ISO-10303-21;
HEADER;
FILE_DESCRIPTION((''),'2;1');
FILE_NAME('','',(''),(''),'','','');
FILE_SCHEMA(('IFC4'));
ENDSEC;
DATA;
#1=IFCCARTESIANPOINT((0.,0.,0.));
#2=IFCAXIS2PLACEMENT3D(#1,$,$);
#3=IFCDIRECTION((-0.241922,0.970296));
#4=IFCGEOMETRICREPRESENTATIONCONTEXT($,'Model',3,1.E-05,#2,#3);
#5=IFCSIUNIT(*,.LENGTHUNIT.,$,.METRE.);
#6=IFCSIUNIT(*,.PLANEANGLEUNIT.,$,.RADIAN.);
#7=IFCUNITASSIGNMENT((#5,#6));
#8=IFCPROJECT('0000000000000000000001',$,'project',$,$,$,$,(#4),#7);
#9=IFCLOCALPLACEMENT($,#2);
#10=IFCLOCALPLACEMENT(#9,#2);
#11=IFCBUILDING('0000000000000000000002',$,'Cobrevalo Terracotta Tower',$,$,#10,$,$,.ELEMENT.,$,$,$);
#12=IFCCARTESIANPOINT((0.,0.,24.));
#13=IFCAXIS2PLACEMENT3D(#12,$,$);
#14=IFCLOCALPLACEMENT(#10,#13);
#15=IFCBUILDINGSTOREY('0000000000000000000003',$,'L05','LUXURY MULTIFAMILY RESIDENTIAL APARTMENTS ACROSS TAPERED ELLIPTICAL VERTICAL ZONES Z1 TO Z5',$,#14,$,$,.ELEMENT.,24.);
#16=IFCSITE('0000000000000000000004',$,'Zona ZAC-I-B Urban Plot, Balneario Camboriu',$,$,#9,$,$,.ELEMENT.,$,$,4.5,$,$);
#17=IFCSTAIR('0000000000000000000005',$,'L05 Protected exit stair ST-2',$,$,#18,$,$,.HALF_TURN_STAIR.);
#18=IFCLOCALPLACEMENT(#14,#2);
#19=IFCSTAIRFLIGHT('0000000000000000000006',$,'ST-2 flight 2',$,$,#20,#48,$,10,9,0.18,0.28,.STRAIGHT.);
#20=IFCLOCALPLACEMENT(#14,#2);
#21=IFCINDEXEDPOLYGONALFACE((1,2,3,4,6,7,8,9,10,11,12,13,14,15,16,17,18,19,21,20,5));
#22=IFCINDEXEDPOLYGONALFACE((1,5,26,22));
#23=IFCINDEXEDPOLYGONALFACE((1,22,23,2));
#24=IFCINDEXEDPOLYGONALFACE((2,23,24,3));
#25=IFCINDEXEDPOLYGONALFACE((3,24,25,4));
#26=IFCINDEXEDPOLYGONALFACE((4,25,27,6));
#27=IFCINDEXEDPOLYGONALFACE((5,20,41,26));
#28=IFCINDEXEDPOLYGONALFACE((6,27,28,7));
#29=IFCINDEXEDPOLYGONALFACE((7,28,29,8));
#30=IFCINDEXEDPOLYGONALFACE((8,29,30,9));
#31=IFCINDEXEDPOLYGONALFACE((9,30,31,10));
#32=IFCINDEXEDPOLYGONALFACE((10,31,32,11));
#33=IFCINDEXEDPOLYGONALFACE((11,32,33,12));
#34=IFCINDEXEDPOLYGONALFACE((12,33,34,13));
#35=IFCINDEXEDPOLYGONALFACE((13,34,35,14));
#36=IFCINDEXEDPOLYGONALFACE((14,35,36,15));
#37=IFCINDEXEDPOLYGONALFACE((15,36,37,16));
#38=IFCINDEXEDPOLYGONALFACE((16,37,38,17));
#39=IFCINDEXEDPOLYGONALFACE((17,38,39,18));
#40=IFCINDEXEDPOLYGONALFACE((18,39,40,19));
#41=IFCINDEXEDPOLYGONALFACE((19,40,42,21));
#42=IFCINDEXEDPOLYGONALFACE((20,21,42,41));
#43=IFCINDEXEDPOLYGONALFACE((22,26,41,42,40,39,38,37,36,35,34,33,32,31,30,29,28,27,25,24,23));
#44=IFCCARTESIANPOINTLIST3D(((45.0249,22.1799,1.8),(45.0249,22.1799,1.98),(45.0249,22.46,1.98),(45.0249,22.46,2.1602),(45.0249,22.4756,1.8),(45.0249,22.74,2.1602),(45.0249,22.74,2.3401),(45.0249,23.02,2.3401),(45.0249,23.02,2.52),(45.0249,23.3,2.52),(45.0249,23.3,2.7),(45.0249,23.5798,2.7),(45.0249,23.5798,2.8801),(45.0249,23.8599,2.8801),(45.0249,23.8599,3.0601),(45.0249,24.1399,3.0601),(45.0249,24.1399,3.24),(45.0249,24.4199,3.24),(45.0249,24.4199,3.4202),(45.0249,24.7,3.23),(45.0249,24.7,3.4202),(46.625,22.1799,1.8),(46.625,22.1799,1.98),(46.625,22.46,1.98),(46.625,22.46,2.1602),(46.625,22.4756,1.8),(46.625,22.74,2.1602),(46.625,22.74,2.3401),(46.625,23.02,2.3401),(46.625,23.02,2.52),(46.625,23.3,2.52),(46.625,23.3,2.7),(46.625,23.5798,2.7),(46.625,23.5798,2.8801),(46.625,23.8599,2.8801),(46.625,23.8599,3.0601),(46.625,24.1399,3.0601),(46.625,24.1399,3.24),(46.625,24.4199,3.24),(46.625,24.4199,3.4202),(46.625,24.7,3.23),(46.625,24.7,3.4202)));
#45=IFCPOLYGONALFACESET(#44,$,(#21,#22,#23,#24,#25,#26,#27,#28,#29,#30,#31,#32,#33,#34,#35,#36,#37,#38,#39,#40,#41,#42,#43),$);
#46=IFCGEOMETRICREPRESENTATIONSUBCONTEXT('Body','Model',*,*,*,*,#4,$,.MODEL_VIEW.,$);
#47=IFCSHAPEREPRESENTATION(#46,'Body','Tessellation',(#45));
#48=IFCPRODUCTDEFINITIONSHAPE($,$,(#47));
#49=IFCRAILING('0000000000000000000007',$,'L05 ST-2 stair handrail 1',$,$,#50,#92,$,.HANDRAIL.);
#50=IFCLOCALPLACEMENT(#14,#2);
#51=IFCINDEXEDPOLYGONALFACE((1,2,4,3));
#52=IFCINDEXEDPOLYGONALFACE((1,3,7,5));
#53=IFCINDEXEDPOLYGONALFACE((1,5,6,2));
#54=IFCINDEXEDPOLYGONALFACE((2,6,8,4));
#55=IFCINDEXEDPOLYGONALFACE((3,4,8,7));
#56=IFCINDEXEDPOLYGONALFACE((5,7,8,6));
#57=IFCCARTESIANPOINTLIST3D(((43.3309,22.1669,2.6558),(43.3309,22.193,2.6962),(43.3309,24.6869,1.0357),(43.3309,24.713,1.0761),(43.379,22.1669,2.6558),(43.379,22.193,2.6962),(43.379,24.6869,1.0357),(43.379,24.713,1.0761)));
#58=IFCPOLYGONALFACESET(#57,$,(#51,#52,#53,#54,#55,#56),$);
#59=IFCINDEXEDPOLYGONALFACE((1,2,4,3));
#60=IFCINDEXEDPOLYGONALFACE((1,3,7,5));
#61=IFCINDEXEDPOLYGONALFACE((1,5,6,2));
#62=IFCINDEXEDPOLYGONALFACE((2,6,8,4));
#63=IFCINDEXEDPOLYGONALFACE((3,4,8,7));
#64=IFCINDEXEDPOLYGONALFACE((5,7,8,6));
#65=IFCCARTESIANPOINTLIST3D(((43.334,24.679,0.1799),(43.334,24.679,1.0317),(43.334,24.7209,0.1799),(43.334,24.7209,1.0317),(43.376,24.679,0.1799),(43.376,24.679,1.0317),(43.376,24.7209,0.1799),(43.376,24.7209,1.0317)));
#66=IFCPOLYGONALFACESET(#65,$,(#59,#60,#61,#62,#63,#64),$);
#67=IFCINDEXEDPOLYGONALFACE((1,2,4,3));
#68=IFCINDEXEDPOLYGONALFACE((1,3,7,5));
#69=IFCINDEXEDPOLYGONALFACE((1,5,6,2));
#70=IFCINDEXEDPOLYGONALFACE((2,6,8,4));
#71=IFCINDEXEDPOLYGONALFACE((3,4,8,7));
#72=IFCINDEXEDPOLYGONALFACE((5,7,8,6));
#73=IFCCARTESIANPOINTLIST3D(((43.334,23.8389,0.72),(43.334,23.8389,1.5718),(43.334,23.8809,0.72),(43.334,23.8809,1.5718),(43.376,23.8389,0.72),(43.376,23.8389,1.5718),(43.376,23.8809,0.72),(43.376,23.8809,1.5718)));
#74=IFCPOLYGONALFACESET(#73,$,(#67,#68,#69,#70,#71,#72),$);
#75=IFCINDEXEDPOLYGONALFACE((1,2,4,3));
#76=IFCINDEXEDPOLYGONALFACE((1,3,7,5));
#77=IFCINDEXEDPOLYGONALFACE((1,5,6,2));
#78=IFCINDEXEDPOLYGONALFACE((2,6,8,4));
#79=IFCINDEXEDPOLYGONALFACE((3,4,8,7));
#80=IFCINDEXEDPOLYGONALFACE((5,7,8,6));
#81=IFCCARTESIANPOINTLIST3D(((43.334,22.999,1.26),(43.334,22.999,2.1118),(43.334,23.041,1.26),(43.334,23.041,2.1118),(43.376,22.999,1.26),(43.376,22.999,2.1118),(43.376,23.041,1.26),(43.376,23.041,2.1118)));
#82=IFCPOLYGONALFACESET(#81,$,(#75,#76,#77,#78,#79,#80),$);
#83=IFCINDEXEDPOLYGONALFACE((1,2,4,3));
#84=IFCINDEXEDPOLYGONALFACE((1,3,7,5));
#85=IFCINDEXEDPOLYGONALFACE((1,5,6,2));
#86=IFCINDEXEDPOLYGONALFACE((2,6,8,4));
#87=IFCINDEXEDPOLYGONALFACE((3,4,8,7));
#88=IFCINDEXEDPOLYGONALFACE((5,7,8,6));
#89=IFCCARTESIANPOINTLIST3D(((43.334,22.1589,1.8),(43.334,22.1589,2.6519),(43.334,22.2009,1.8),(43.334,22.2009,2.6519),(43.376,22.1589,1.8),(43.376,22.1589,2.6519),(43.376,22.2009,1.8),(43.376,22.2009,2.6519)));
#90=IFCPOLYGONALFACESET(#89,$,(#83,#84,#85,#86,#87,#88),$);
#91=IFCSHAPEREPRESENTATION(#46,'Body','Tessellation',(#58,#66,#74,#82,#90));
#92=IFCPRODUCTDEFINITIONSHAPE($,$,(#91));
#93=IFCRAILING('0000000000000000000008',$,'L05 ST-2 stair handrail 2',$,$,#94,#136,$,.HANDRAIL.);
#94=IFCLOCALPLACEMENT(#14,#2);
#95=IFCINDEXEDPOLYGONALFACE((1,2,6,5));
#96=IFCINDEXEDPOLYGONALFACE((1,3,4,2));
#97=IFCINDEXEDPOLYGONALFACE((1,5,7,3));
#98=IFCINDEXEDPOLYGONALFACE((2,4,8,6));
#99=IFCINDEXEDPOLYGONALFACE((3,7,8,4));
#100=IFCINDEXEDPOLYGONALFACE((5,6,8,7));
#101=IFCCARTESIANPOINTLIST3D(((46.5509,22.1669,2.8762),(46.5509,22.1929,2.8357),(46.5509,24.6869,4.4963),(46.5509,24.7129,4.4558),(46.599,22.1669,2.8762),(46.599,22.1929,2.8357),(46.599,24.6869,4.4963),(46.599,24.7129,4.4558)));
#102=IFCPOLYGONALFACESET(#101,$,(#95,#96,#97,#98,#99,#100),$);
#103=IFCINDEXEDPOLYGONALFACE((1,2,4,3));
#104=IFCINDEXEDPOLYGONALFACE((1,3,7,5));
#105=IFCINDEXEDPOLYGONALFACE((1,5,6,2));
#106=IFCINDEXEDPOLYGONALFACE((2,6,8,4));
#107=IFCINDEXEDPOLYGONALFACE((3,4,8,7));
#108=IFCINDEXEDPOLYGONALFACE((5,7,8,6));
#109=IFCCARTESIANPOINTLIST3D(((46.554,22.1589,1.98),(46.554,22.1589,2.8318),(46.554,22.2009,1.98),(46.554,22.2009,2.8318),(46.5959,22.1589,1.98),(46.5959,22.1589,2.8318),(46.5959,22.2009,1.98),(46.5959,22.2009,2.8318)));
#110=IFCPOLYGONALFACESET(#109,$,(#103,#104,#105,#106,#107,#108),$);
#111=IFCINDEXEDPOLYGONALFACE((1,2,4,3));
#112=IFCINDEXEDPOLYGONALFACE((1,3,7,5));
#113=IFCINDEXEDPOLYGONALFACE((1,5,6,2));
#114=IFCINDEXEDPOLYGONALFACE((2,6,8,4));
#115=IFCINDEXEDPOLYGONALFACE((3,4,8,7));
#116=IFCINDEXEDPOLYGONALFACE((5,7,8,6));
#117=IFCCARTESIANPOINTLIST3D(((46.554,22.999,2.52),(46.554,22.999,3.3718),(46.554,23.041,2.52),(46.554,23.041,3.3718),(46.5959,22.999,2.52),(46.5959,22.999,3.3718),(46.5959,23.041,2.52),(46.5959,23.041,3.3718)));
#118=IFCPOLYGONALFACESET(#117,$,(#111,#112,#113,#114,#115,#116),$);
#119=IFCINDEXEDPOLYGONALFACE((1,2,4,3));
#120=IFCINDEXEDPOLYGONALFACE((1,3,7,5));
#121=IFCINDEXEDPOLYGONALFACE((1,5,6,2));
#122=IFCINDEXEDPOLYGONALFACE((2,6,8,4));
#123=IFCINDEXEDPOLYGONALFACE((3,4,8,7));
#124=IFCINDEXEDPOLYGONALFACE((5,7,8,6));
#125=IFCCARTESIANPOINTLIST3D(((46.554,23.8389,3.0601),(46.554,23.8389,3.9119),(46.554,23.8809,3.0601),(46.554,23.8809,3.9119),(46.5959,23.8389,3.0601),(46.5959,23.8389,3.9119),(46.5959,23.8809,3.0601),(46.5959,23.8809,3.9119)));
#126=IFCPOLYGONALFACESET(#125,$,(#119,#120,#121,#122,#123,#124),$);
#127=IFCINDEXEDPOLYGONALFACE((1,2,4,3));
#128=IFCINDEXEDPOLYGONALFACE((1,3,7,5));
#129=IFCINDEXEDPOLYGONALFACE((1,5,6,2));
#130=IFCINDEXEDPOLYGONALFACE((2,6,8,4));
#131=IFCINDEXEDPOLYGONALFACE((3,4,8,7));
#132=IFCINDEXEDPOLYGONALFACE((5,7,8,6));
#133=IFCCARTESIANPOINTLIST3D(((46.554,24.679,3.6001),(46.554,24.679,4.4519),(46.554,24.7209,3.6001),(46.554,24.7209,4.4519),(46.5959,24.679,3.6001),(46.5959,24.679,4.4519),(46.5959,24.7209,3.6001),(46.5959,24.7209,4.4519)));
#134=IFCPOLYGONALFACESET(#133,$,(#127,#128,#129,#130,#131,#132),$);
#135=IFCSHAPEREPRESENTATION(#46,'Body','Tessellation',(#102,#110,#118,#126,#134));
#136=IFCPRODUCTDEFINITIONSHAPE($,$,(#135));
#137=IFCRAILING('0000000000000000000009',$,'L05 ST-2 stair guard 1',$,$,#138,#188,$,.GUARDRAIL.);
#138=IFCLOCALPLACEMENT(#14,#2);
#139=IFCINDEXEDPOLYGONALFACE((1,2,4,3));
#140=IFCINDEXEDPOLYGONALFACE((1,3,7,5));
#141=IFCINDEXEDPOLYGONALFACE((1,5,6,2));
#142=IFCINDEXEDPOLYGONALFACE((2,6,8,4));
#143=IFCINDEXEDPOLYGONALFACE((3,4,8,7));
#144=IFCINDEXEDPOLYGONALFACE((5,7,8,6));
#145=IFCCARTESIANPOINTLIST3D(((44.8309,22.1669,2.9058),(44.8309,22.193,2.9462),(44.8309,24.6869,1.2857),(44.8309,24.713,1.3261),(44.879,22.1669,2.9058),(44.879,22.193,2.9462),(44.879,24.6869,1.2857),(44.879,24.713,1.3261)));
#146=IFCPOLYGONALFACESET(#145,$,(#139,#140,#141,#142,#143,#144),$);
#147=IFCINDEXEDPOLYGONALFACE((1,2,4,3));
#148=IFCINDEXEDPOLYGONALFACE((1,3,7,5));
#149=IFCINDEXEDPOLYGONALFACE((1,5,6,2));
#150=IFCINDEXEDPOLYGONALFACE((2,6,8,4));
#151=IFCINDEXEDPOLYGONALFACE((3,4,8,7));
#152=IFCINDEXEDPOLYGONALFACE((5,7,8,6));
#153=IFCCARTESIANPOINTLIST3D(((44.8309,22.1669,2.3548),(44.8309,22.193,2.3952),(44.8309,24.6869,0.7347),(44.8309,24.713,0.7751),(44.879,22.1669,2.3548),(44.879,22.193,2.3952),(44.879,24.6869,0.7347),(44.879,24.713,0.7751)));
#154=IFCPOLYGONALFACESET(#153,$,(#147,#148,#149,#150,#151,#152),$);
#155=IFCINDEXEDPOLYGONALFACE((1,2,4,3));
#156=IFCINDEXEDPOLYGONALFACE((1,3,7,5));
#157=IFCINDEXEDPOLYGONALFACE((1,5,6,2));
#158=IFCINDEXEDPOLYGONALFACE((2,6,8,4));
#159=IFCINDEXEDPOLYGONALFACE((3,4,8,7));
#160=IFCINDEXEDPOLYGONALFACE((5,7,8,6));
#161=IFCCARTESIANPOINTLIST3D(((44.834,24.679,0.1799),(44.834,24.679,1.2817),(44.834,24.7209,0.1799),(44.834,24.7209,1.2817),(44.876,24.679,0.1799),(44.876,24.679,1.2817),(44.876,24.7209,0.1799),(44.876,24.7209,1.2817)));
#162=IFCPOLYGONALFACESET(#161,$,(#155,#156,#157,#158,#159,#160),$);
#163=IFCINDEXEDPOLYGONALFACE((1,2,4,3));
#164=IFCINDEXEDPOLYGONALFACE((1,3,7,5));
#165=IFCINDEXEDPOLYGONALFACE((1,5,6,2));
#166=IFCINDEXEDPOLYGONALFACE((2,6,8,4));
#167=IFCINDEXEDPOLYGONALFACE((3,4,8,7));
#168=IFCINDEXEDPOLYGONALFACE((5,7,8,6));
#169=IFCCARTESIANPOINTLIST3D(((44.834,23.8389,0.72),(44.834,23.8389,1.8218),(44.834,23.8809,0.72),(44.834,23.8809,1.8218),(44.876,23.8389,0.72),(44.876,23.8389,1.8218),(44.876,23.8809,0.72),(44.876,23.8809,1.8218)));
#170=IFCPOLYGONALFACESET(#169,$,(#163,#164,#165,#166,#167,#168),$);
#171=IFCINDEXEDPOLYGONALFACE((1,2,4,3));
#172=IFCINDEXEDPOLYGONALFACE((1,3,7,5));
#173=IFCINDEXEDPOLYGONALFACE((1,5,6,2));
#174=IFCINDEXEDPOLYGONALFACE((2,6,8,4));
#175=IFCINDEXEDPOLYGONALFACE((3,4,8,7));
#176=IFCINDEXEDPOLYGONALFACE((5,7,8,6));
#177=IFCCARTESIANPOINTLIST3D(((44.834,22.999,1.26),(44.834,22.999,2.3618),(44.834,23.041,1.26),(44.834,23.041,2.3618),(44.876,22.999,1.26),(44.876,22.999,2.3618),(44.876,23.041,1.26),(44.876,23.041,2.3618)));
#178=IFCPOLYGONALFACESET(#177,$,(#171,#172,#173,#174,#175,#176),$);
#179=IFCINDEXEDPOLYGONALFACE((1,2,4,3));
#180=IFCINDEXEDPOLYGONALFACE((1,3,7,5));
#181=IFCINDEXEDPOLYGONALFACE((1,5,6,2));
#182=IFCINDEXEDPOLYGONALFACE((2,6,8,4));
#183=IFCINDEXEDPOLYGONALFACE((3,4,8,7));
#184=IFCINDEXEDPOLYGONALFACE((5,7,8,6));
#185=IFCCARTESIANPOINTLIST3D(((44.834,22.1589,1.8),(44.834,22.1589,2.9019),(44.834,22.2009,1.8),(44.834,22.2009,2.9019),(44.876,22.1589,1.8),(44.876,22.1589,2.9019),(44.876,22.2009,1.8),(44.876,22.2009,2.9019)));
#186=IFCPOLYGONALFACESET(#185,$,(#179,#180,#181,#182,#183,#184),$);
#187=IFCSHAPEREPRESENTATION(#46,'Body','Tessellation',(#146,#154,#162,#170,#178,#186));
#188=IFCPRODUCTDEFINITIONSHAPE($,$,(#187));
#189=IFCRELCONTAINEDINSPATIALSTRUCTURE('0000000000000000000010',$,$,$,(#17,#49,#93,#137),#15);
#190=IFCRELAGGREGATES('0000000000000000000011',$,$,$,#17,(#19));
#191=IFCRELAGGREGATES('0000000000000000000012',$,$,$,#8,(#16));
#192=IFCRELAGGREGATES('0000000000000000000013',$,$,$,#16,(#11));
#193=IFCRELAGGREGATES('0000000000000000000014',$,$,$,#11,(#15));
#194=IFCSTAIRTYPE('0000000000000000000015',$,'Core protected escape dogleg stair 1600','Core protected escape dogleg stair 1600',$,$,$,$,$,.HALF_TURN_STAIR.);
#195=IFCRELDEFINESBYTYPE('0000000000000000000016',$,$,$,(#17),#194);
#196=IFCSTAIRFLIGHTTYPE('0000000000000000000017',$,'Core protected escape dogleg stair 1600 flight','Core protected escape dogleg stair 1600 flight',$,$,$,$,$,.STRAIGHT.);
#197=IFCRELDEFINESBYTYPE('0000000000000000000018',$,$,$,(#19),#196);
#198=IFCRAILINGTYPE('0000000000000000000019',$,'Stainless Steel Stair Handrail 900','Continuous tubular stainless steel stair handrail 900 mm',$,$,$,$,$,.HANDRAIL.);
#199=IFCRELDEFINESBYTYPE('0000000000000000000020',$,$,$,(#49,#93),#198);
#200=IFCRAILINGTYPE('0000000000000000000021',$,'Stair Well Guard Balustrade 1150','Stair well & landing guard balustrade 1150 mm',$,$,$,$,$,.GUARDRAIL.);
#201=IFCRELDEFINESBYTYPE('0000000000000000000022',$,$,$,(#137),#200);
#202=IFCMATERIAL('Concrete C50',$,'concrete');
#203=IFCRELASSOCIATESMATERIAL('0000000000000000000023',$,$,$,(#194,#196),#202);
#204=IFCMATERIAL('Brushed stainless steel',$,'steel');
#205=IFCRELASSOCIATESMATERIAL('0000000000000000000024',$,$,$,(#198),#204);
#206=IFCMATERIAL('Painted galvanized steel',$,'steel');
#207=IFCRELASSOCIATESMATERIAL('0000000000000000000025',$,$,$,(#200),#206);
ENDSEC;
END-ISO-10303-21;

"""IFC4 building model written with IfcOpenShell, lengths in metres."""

from ifc_helpers import new_model, si_unit, direction, frame, origin, origin_2d, place, context, subcontext, project, spatial, polyline, rectangle, outline, extrude, material, type_object, element, aggregate, save


model = new_model("IFC4")

# Units and contexts
model_context = context("Model", 3, precision=1e-05, world=origin(), true_north=direction((-0.241922, 0.970296)))
body_context = subcontext(model_context, "Body", "Model", "MODEL_VIEW")
ifc_project = project(units=[si_unit("LENGTHUNIT", "METRE"), si_unit("PLANEANGLEUNIT", "RADIAN")], contexts=[model_context])

# Site, building, storey
site_placement = place(None, origin())
site = spatial("IfcSite", under=ifc_project, at=site_placement, Name="Zona ZAC-I-B Urban Plot, Balneario Camboriu", CompositionType="ELEMENT", RefElevation=4.5)
building_placement = place(site_placement, origin())
building = spatial("IfcBuilding", under=site, at=building_placement, Name="Cobrevalo Terracotta Tower", CompositionType="ELEMENT")
storey_placement = place(building_placement, frame((0.0, 0.0, 24.0)))
storey = spatial("IfcBuildingStorey", under=building, at=storey_placement, Name="L05", Description="LUXURY MULTIFAMILY RESIDENTIAL APARTMENTS ACROSS TAPERED ELLIPTICAL VERTICAL ZONES Z1 TO Z5", CompositionType="ELEMENT", Elevation=24.0)

# Shared definitions
ifc_material_1 = material(Name="Concrete C50", Category="concrete")

# Stair, stair flight
stair_type = type_object("IfcStairType", Name="Core protected escape dogleg stair 1600", Description="Core protected escape dogleg stair 1600", PredefinedType="HALF_TURN_STAIR", material=ifc_material_1)
stair_placement = place(storey_placement, origin())
stair = element("IfcStair", 1, at=stair_placement, inside=storey, type_object=stair_type, Name="L05 Protected exit stair ST-2", PredefinedType="HALF_TURN_STAIR")
stair_flight_type = type_object("IfcStairFlightType", Name="Core protected escape dogleg stair 1600 flight", Description="Core protected escape dogleg stair 1600 flight", PredefinedType="STRAIGHT", material=ifc_material_1)
stair_flight_1_placement = place(storey_placement, frame((45.825, 22.1799, 1.8), z_axis=(0.0, 0.0, 1.0), x_axis=(0.0, 1.0, 0.0)))
stair_flight_1 = element("IfcStairFlight", 2, at=stair_flight_1_placement, type_object=stair_flight_type, Name="ST-2 flight 2", NumberOfRisers=10, NumberOfTreads=9, PredefinedType="STRAIGHT", RiserHeight=0.18, TreadLength=0.28, context=body_context, shape_type="SweptSolid", body=[
    extrude(outline(polyline([(0.0, 0.0), (0.0, 0.1799), (0.28, 0.1799), (0.28, 0.3601), (0.5601, 0.3601), (0.5601, 0.54), (0.8401, 0.54), (0.8401, 0.72), (1.1201, 0.72), (1.1201, 0.8999), (1.3999, 0.8999), (1.3999, 1.0801), (1.6799, 1.0801), (1.6799, 1.26), (1.96, 1.26), (1.96, 1.4399), (2.24, 1.4399), (2.24, 1.6201), (2.52, 1.6201), (2.52, 1.8), (2.52, 1.4299), (0.2957, 0.0), (0.0, 0.0)])), frame((0.0, 0.8, 0.0), z_axis=(0.0, -1.0, 0.0), x_axis=(1.0, 0.0, 0.0)), (0.0, 0.0, 1.0), 1.6001),
])
aggregate(stair, [stair_flight_1])

# Railings
ifc_material_2 = material(Name="Brushed stainless steel", Category="steel")
railing_type_1 = type_object("IfcRailingType", Name="Stainless Steel Stair Handrail 900", Description="Continuous tubular stainless steel stair handrail 900 mm", PredefinedType="HANDRAIL", material=ifc_material_2)
railing_1_placement = place(storey_placement, frame((43.355, 24.7, 0.1799)))
element("IfcRailing", 3, at=railing_1_placement, inside=storey, type_object=railing_type_1, Name="L05 ST-2 stair handrail 1", PredefinedType="HANDRAIL", context=body_context, shape_type="SweptSolid", body=[
    extrude(rectangle(XDim=0.0481, YDim=0.0481, at=origin_2d()), frame((0.0, 0.0, 0.876), z_axis=(0.0, -0.841163, 0.540782), x_axis=(1.0, 0.0, 0.0)), (0.0, 0.0, 1.0), 2.9958),
    extrude(rectangle(XDim=0.042, YDim=0.042, at=origin_2d()), origin(), (0.0, 0.0, 1.0), 0.8518),
    extrude(rectangle(XDim=0.042, YDim=0.042, at=origin_2d()), frame((0.0, -0.8401, 0.54)), (0.0, 0.0, 1.0), 0.8518),
    extrude(rectangle(XDim=0.042, YDim=0.042, at=origin_2d()), frame((0.0, -1.6799, 1.0801)), (0.0, 0.0, 1.0), 0.8518),
    extrude(rectangle(XDim=0.042, YDim=0.042, at=origin_2d()), frame((0.0, -2.52, 1.6201)), (0.0, 0.0, 1.0), 0.8518),
])
railing_2_placement = place(storey_placement, frame((46.575, 22.1799, 1.98)))
element("IfcRailing", 4, at=railing_2_placement, inside=storey, type_object=railing_type_1, Name="L05 ST-2 stair handrail 2", PredefinedType="HANDRAIL", context=body_context, shape_type="SweptSolid", body=[
    extrude(rectangle(XDim=0.0481, YDim=0.0481, at=origin_2d()), frame((0.0, 0.0, 0.876), z_axis=(0.0, 0.841163, 0.540782), x_axis=(-1.0, 0.0, 0.0)), (0.0, 0.0, 1.0), 2.9958),
    extrude(rectangle(XDim=0.042, YDim=0.042, at=origin_2d()), origin(), (0.0, 0.0, 1.0), 0.8518),
    extrude(rectangle(XDim=0.042, YDim=0.042, at=origin_2d()), frame((0.0, 0.8401, 0.54)), (0.0, 0.0, 1.0), 0.8518),
    extrude(rectangle(XDim=0.042, YDim=0.042, at=origin_2d()), frame((0.0, 1.6799, 1.0801)), (0.0, 0.0, 1.0), 0.8518),
    extrude(rectangle(XDim=0.042, YDim=0.042, at=origin_2d()), frame((0.0, 2.52, 1.6201)), (0.0, 0.0, 1.0), 0.8518),
])
ifc_material_3 = material(Name="Painted galvanized steel", Category="steel")
railing_type_2 = type_object("IfcRailingType", Name="Stair Well Guard Balustrade 1150", Description="Stair well & landing guard balustrade 1150 mm", PredefinedType="GUARDRAIL", material=ifc_material_3)
railing_3_placement = place(storey_placement, frame((44.855, 24.7, 0.1799)))
element("IfcRailing", 5, at=railing_3_placement, inside=storey, type_object=railing_type_2, Name="L05 ST-2 stair guard 1", PredefinedType="GUARDRAIL", context=body_context, shape_type="SweptSolid", body=[
    extrude(rectangle(XDim=0.0481, YDim=0.0481, at=origin_2d()), frame((0.0, 0.0, 1.126), z_axis=(0.0, -0.841163, 0.540782), x_axis=(1.0, 0.0, 0.0)), (0.0, 0.0, 1.0), 2.9958),
    extrude(rectangle(XDim=0.0481, YDim=0.0481, at=origin_2d()), frame((0.0, 0.0, 0.575), z_axis=(0.0, -0.841163, 0.540782), x_axis=(1.0, 0.0, 0.0)), (0.0, 0.0, 1.0), 2.9958),
    extrude(rectangle(XDim=0.042, YDim=0.042, at=origin_2d()), origin(), (0.0, 0.0, 1.0), 1.1018),
    extrude(rectangle(XDim=0.042, YDim=0.042, at=origin_2d()), frame((0.0, -0.8401, 0.54)), (0.0, 0.0, 1.0), 1.1018),
    extrude(rectangle(XDim=0.042, YDim=0.042, at=origin_2d()), frame((0.0, -1.6799, 1.0801)), (0.0, 0.0, 1.0), 1.1018),
    extrude(rectangle(XDim=0.042, YDim=0.042, at=origin_2d()), frame((0.0, -2.52, 1.6201)), (0.0, 0.0, 1.0), 1.1018),
])

save(model, "model.ifc")
